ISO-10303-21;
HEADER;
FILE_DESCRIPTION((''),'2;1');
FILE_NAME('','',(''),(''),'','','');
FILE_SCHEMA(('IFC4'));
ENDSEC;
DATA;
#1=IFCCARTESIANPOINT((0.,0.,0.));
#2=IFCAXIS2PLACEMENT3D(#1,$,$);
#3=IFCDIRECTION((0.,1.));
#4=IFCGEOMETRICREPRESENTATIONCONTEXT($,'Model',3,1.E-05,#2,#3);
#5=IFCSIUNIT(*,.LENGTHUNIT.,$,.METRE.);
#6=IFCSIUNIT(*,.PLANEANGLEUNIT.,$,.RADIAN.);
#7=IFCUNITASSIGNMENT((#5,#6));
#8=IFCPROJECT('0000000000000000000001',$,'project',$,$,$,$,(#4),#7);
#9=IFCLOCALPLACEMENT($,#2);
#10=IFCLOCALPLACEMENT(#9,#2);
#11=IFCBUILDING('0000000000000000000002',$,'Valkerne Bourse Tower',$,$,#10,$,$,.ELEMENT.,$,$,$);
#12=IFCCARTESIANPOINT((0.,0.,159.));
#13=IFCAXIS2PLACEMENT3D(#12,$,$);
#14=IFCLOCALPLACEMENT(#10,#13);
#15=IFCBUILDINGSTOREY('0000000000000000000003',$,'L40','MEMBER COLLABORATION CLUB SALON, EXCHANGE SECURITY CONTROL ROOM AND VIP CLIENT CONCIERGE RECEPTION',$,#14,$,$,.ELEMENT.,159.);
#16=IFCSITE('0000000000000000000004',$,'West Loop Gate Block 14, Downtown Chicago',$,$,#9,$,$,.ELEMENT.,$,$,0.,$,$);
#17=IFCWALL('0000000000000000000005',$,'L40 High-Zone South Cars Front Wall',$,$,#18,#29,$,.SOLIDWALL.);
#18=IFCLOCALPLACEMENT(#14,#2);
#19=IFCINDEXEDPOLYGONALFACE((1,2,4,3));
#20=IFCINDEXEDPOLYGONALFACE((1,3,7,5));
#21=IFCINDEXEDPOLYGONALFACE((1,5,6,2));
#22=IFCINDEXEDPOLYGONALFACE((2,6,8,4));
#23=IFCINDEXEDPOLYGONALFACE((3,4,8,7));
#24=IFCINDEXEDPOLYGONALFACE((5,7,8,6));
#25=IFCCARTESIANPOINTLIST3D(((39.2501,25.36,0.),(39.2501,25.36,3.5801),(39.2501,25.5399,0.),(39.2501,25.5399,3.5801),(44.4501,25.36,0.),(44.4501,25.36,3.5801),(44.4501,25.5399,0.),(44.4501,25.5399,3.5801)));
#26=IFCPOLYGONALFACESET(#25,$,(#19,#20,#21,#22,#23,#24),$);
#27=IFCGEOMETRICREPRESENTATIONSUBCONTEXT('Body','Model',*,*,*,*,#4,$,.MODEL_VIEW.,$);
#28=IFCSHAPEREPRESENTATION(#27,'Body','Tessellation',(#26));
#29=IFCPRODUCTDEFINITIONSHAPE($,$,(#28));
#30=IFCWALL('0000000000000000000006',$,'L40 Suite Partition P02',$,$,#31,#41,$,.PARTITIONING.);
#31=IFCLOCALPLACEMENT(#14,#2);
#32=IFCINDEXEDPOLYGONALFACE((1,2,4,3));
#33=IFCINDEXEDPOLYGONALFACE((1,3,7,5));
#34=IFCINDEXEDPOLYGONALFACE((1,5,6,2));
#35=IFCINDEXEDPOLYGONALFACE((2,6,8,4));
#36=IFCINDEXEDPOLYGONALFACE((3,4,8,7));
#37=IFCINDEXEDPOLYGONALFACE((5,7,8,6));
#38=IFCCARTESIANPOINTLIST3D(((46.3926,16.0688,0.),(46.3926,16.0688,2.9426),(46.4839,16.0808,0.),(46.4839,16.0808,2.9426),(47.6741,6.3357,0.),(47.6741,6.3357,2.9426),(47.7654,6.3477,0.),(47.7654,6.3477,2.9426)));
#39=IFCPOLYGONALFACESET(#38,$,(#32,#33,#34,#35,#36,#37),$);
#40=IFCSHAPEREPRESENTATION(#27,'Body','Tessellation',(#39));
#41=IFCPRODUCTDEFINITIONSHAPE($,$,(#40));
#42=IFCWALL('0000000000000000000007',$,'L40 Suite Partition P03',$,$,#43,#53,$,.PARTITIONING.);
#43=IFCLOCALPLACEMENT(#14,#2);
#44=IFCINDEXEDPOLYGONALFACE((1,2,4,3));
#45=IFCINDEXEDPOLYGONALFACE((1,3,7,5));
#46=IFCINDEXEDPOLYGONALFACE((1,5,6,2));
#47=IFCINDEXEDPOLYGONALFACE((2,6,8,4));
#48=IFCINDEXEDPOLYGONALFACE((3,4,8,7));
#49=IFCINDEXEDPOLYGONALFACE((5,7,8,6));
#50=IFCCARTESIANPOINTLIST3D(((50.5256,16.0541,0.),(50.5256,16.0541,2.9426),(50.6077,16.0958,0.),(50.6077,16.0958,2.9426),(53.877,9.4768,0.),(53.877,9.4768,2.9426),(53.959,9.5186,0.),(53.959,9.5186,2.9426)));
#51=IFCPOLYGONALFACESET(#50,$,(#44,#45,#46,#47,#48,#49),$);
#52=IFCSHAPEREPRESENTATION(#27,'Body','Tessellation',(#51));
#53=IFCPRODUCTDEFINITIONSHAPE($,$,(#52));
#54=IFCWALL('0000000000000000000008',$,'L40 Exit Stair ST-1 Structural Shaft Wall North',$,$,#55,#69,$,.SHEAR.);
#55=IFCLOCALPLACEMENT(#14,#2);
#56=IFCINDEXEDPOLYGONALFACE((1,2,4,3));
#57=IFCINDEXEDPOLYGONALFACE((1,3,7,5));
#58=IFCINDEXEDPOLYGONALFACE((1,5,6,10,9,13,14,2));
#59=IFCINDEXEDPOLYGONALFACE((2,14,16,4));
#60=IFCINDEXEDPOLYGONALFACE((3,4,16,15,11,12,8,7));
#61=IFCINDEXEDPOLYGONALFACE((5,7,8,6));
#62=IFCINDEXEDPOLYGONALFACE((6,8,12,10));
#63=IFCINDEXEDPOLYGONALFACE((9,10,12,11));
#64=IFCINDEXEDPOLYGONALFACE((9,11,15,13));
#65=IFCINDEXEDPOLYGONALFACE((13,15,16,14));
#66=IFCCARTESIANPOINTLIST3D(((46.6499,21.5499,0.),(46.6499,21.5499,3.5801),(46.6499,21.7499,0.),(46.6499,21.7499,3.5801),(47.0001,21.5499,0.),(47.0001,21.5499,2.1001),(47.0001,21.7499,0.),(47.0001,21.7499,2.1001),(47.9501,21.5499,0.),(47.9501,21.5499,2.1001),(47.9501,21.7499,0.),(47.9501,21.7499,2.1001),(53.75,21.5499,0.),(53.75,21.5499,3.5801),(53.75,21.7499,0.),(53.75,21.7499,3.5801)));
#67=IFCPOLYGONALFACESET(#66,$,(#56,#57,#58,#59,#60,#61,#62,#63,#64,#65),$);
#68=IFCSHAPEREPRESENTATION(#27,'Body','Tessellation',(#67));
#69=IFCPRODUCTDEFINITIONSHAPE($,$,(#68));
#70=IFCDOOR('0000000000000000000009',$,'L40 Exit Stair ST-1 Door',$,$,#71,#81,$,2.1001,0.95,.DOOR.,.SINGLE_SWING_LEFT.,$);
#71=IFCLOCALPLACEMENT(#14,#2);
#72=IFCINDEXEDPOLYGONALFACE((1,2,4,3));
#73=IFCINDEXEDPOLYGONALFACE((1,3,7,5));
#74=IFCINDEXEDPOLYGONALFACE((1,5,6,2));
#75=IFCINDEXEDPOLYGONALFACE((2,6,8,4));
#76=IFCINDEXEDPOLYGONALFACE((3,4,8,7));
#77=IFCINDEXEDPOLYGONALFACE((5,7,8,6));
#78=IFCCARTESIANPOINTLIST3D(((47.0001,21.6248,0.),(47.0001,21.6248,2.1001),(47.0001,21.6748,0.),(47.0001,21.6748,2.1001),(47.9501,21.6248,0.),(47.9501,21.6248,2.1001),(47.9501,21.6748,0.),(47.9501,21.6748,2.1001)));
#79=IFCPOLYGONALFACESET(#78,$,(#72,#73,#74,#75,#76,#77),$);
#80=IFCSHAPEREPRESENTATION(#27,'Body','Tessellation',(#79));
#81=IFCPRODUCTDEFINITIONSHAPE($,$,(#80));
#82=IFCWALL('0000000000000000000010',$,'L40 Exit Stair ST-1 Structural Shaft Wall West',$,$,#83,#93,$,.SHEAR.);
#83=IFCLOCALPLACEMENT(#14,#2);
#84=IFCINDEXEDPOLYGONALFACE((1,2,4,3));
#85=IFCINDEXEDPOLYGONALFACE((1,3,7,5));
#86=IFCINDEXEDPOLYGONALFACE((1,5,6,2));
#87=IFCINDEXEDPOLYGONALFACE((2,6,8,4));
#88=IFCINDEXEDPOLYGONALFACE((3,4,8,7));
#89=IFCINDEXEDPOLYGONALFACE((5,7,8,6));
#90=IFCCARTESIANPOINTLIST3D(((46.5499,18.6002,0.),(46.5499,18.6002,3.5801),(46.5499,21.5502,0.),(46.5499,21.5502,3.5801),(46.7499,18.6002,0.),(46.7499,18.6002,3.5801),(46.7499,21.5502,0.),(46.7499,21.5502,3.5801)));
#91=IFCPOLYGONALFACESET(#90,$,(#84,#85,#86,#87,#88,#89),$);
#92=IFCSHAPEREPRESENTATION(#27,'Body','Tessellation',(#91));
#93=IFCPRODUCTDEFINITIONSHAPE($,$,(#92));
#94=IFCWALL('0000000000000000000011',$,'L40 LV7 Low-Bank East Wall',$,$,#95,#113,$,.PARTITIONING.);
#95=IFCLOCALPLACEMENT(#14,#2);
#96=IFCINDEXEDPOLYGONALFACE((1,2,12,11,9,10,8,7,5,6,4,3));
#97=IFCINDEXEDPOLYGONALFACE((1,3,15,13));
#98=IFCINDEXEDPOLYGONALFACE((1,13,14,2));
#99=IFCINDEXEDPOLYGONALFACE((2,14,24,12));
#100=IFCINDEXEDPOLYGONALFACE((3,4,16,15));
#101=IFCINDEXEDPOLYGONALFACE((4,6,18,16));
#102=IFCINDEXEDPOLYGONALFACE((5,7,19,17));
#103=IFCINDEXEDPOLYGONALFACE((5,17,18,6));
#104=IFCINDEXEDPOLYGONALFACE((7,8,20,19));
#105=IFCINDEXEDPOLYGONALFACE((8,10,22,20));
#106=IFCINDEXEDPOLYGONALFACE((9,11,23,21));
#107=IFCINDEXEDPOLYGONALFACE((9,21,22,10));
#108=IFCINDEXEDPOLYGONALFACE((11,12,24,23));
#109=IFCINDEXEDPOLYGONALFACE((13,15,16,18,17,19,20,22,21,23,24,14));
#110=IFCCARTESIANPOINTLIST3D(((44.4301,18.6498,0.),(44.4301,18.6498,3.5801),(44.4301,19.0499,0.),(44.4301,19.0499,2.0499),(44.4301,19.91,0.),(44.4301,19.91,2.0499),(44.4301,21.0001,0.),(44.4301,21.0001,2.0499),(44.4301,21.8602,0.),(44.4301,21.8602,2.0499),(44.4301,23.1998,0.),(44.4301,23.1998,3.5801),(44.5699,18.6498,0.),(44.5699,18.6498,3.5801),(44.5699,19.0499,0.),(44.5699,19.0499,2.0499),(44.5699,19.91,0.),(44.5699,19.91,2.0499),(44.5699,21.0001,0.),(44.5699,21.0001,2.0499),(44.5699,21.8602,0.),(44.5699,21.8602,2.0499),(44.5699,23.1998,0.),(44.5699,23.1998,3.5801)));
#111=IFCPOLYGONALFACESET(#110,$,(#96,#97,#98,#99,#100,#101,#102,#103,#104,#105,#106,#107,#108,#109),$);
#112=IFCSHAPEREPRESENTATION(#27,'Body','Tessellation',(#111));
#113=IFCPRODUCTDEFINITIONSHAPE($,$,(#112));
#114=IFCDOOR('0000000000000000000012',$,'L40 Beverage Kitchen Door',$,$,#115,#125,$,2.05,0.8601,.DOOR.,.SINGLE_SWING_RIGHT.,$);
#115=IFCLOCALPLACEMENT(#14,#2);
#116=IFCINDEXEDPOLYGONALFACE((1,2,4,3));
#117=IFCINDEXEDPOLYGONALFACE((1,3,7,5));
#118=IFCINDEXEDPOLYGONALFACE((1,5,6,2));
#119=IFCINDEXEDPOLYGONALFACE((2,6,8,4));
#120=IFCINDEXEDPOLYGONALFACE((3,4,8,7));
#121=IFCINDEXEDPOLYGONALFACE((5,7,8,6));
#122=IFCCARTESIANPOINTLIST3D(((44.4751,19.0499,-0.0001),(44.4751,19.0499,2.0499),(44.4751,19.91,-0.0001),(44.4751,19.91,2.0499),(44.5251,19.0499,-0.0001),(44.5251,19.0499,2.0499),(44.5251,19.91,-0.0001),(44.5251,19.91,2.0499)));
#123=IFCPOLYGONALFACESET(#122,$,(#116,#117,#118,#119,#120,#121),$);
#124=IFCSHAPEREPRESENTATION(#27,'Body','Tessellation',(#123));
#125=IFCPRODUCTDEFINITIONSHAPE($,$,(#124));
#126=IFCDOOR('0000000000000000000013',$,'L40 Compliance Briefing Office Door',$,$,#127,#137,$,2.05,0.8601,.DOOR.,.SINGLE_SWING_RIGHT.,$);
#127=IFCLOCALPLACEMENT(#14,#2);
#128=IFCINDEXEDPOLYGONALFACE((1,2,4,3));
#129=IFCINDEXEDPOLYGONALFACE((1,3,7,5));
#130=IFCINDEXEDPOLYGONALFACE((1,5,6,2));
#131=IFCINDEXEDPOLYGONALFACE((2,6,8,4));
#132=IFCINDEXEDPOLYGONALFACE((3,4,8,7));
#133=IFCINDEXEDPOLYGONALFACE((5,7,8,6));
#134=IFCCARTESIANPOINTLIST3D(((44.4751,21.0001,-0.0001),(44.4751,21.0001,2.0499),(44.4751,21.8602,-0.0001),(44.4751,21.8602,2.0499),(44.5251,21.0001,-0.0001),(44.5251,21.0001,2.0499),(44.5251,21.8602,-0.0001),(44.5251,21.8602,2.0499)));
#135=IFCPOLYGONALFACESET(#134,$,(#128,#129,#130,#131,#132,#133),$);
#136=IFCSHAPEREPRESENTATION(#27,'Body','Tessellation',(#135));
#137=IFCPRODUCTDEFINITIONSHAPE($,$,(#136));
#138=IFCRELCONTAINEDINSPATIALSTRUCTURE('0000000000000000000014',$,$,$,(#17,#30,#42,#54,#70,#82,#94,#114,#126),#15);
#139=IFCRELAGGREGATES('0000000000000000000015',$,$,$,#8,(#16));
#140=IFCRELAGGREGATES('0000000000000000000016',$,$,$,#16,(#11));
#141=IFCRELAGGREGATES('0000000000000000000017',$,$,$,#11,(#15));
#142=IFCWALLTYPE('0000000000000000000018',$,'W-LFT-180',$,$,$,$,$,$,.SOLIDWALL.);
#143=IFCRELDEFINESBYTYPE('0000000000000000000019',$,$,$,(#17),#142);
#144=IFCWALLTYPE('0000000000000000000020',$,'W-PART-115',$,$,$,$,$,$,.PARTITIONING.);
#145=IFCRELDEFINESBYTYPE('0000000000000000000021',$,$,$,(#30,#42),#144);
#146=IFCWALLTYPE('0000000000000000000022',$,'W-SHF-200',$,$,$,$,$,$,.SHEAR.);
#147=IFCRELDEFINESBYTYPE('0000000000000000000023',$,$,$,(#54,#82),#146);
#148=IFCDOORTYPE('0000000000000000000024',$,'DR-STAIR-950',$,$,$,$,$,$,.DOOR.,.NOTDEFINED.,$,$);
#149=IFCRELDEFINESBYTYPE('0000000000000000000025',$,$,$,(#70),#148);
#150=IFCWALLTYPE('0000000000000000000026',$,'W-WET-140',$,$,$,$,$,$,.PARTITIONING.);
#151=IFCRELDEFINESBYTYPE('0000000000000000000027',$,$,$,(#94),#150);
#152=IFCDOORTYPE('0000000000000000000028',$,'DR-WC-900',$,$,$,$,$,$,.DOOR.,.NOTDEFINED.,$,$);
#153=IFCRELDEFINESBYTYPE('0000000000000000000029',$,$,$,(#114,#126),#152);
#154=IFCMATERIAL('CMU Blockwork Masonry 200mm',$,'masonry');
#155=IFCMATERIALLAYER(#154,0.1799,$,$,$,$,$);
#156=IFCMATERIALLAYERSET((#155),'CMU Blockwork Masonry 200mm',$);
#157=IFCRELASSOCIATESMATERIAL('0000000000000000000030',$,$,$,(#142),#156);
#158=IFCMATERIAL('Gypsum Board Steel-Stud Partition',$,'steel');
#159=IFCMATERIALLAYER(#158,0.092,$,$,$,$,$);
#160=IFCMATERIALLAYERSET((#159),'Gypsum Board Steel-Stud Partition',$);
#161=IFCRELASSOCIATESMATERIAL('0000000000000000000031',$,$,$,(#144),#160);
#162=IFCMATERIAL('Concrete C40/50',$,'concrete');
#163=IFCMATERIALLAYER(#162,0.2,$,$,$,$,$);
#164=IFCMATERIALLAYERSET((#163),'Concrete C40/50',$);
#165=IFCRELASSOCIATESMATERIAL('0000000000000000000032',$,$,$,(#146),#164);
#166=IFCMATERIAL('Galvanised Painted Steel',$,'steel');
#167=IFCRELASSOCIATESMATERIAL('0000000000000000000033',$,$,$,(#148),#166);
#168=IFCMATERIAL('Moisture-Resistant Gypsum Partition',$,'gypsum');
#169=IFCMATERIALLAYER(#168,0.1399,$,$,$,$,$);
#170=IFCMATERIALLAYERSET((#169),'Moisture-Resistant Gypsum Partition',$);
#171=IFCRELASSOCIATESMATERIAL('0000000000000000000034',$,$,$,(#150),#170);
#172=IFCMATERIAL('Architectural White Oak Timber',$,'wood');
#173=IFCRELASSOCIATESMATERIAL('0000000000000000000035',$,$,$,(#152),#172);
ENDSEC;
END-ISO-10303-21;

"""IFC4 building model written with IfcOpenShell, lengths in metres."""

from ifc_helpers import new_model, si_unit, direction, frame, frame_2d, origin, place, context, subcontext, project, spatial, rectangle, extrude, material, layer, layer_set, type_object, element, fill, save


model = new_model("IFC4")

# Units and contexts
model_context = context("Model", 3, precision=1e-05, world=origin(), true_north=direction((0.0, 1.0)))
body_context = subcontext(model_context, "Body", "Model", "MODEL_VIEW")
ifc_project = project(units=[si_unit("LENGTHUNIT", "METRE"), si_unit("PLANEANGLEUNIT", "RADIAN")], contexts=[model_context])

# Site, building, storey
site_placement = place(None, origin())
site = spatial("IfcSite", under=ifc_project, at=site_placement, Name="West Loop Gate Block 14, Downtown Chicago", CompositionType="ELEMENT", RefElevation=0.0)
building_placement = place(site_placement, origin())
building = spatial("IfcBuilding", under=site, at=building_placement, Name="Valkerne Bourse Tower", CompositionType="ELEMENT")
storey_placement = place(building_placement, frame((0.0, 0.0, 159.0)))
storey = spatial("IfcBuildingStorey", under=building, at=storey_placement, Name="L40", Description="MEMBER COLLABORATION CLUB SALON, EXCHANGE SECURITY CONTROL ROOM AND VIP CLIENT CONCIERGE RECEPTION", CompositionType="ELEMENT", Elevation=159.0)

# Shared definitions
ifc_material_1 = material(Name="Galvanised Painted Steel", Category="steel")

# Walls
ifc_material_2 = material(Name="CMU Blockwork Masonry 200mm", Category="masonry")
ifc_layer_1 = layer(ifc_material_2, 0.1799)
ifc_layer_set_1 = layer_set([ifc_layer_1], Name="CMU Blockwork Masonry 200mm")
wall_type_1 = type_object("IfcWallType", Name="W-LFT-180", PredefinedType="SOLIDWALL", material=ifc_layer_set_1)
wall_1_placement = place(storey_placement, frame((39.25, 25.45, 0.0), z_axis=(0.0, 0.0, 1.0), x_axis=(1.0, 0.0, 0.0)))
element("IfcWall", 1, at=wall_1_placement, inside=storey, type_object=wall_type_1, Name="L40 High-Zone South Cars Front Wall", PredefinedType="SOLIDWALL", context=body_context, shape_type="SweptSolid", body=[
    extrude(rectangle(XDim=5.2, YDim=0.1799, at=frame_2d((2.6001, 0.0))), origin(), (0.0, 0.0, 1.0), 3.5801),
])
ifc_material_3 = material(Name="Gypsum Board Steel-Stud Partition", Category="steel")
ifc_layer_2 = layer(ifc_material_3, 0.092)
ifc_layer_set_2 = layer_set([ifc_layer_2], Name="Gypsum Board Steel-Stud Partition")
wall_type_2 = type_object("IfcWallType", Name="W-PART-115", PredefinedType="PARTITIONING", material=ifc_layer_set_2)
wall_2_placement = place(storey_placement, frame((46.4382, 16.075, 0.0), z_axis=(0.0, 0.0, 1.0), x_axis=(0.130536, -0.991444, 0.0)))
element("IfcWall", 2, at=wall_2_placement, inside=storey, type_object=wall_type_2, Name="L40 Suite Partition P02", PredefinedType="PARTITIONING", context=body_context, shape_type="SweptSolid", body=[
    extrude(rectangle(XDim=9.8171, YDim=0.092, at=frame_2d((4.9087, 0.0))), origin(), (0.0, 0.0, 1.0), 2.9426),
])
wall_3_placement = place(storey_placement, frame((50.5667, 16.075, 0.0), z_axis=(0.0, 0.0, 1.0), x_axis=(0.454001, -0.891001, 0.0)))
element("IfcWall", 3, at=wall_3_placement, inside=storey, type_object=wall_type_2, Name="L40 Suite Partition P03", PredefinedType="PARTITIONING", context=body_context, shape_type="SweptSolid", body=[
    extrude(rectangle(XDim=7.3818, YDim=0.092, at=frame_2d((3.6909, 0.0))), origin(), (0.0, 0.0, 1.0), 2.9426),
])

# Wall, opening, door
ifc_material_4 = material(Name="Concrete C40/50", Category="concrete")
ifc_layer_3 = layer(ifc_material_4, 0.2)
ifc_layer_set_3 = layer_set([ifc_layer_3], Name="Concrete C40/50")
wall_type_3 = type_object("IfcWallType", Name="W-SHF-200", PredefinedType="SHEAR", material=ifc_layer_set_3)
wall_4_placement = place(storey_placement, frame((46.6499, 21.6499, 0.0), z_axis=(0.0, 0.0, 1.0), x_axis=(1.0, 0.0, 0.0)))
wall_4 = element("IfcWall", 4, at=wall_4_placement, inside=storey, type_object=wall_type_3, Name="L40 Exit Stair ST-1 Structural Shaft Wall North", PredefinedType="SHEAR", context=body_context, shape_type="SweptSolid", body=[
    extrude(rectangle(XDim=7.1001, YDim=0.2, at=frame_2d((3.55, 0.0))), origin(), (0.0, 0.0, 1.0), 3.5801),
])
opening_1_placement = place(wall_4_placement, frame((0.3501, 0.0, 0.0)))
opening_1 = element("IfcOpeningElement", 5, at=opening_1_placement, cuts=wall_4, PredefinedType="OPENING", context=body_context, shape_type="SweptSolid", body=[
    extrude(rectangle(XDim=0.95, YDim=2.1001, at=frame_2d((0.4751, 1.05))), frame((0.0, 0.1099, 0.0), z_axis=(0.0, -1.0, 0.0), x_axis=(1.0, 0.0, 0.0)), (0.0, 0.0, 1.0), 0.22),
])
door_type_1 = type_object("IfcDoorType", Name="DR-STAIR-950", OperationType="NOTDEFINED", PredefinedType="DOOR", material=ifc_material_1)
door_1_placement = place(opening_1_placement, origin())
door_1 = element("IfcDoor", 6, at=door_1_placement, inside=storey, type_object=door_type_1, Name="L40 Exit Stair ST-1 Door", OperationType="SINGLE_SWING_LEFT", OverallHeight=2.1001, OverallWidth=0.95, PredefinedType="DOOR", context=body_context, shape_type="SweptSolid", body=[
    extrude(rectangle(XDim=0.95, YDim=2.1001, at=frame_2d((0.4751, 1.05))), frame((0.0, 0.0249, 0.0), z_axis=(0.0, -1.0, 0.0), x_axis=(1.0, 0.0, 0.0)), (0.0, 0.0, 1.0), 0.05),
])
fill(opening_1, door_1)

# Wall
wall_5_placement = place(storey_placement, frame((46.6499, 18.6001, 0.0), z_axis=(0.0, 0.0, 1.0), x_axis=(0.0, 1.0, 0.0)))
element("IfcWall", 7, at=wall_5_placement, inside=storey, type_object=wall_type_3, Name="L40 Exit Stair ST-1 Structural Shaft Wall West", PredefinedType="SHEAR", context=body_context, shape_type="SweptSolid", body=[
    extrude(rectangle(XDim=2.95, YDim=0.2, at=frame_2d((1.4751, 0.0))), origin(), (0.0, 0.0, 1.0), 3.5801),
])

# Wall, openings, doors
ifc_material_5 = material(Name="Moisture-Resistant Gypsum Partition", Category="gypsum")
ifc_layer_4 = layer(ifc_material_5, 0.1399)
ifc_layer_set_4 = layer_set([ifc_layer_4], Name="Moisture-Resistant Gypsum Partition")
wall_type_4 = type_object("IfcWallType", Name="W-WET-140", PredefinedType="PARTITIONING", material=ifc_layer_set_4)
wall_6_placement = place(storey_placement, frame((44.5, 18.6499, 0.0), z_axis=(0.0, 0.0, 1.0), x_axis=(0.0, 1.0, 0.0)))
wall_6 = element("IfcWall", 8, at=wall_6_placement, inside=storey, type_object=wall_type_4, Name="L40 LV7 Low-Bank East Wall", PredefinedType="PARTITIONING", context=body_context, shape_type="SweptSolid", body=[
    extrude(rectangle(XDim=4.55, YDim=0.1399, at=frame_2d((2.2749, 0.0))), origin(), (0.0, 0.0, 1.0), 3.5801),
])
opening_2_placement = place(wall_6_placement, frame((0.3999, 0.0, 0.0)))
opening_2 = element("IfcOpeningElement", 9, at=opening_2_placement, cuts=wall_6, PredefinedType="OPENING", context=body_context, shape_type="SweptSolid", body=[
    extrude(rectangle(XDim=0.8601, YDim=2.05, at=frame_2d((0.4302, 1.0249))), frame((0.0, 0.0798, 0.0), z_axis=(0.0, -1.0, 0.0), x_axis=(1.0, 0.0, 0.0)), (0.0, 0.0, 1.0), 0.1599),
])
opening_3_placement = place(wall_6_placement, frame((2.3501, 0.0, 0.0)))
opening_3 = element("IfcOpeningElement", 10, at=opening_3_placement, cuts=wall_6, PredefinedType="OPENING", context=body_context, shape_type="SweptSolid", body=[
    extrude(rectangle(XDim=0.8601, YDim=2.05, at=frame_2d((0.4302, 1.0249))), frame((0.0, 0.0798, 0.0), z_axis=(0.0, -1.0, 0.0), x_axis=(1.0, 0.0, 0.0)), (0.0, 0.0, 1.0), 0.1599),
])
ifc_material_6 = material(Name="Architectural White Oak Timber", Category="wood")
door_type_2 = type_object("IfcDoorType", Name="DR-WC-900", OperationType="NOTDEFINED", PredefinedType="DOOR", material=ifc_material_6)
door_2_placement = place(opening_2_placement, origin())
door_2 = element("IfcDoor", 11, at=door_2_placement, inside=storey, type_object=door_type_2, Name="L40 Beverage Kitchen Door", OperationType="SINGLE_SWING_RIGHT", OverallHeight=2.05, OverallWidth=0.8601, PredefinedType="DOOR", context=body_context, shape_type="SweptSolid", body=[
    extrude(rectangle(XDim=0.8601, YDim=2.05, at=frame_2d((0.4302, 1.0249))), frame((0.0, 0.0249, 0.0), z_axis=(0.0, -1.0, 0.0), x_axis=(1.0, 0.0, 0.0)), (0.0, 0.0, 1.0), 0.05),
])
fill(opening_2, door_2)
door_3_placement = place(opening_3_placement, origin())
door_3 = element("IfcDoor", 12, at=door_3_placement, inside=storey, type_object=door_type_2, Name="L40 Compliance Briefing Office Door", OperationType="SINGLE_SWING_RIGHT", OverallHeight=2.05, OverallWidth=0.8601, PredefinedType="DOOR", context=body_context, shape_type="SweptSolid", body=[
    extrude(rectangle(XDim=0.8601, YDim=2.05, at=frame_2d((0.4302, 1.0249))), frame((0.0, 0.0249, 0.0), z_axis=(0.0, -1.0, 0.0), x_axis=(1.0, 0.0, 0.0)), (0.0, 0.0, 1.0), 0.05),
])
fill(opening_3, door_3)

save(model, "model.ifc")
